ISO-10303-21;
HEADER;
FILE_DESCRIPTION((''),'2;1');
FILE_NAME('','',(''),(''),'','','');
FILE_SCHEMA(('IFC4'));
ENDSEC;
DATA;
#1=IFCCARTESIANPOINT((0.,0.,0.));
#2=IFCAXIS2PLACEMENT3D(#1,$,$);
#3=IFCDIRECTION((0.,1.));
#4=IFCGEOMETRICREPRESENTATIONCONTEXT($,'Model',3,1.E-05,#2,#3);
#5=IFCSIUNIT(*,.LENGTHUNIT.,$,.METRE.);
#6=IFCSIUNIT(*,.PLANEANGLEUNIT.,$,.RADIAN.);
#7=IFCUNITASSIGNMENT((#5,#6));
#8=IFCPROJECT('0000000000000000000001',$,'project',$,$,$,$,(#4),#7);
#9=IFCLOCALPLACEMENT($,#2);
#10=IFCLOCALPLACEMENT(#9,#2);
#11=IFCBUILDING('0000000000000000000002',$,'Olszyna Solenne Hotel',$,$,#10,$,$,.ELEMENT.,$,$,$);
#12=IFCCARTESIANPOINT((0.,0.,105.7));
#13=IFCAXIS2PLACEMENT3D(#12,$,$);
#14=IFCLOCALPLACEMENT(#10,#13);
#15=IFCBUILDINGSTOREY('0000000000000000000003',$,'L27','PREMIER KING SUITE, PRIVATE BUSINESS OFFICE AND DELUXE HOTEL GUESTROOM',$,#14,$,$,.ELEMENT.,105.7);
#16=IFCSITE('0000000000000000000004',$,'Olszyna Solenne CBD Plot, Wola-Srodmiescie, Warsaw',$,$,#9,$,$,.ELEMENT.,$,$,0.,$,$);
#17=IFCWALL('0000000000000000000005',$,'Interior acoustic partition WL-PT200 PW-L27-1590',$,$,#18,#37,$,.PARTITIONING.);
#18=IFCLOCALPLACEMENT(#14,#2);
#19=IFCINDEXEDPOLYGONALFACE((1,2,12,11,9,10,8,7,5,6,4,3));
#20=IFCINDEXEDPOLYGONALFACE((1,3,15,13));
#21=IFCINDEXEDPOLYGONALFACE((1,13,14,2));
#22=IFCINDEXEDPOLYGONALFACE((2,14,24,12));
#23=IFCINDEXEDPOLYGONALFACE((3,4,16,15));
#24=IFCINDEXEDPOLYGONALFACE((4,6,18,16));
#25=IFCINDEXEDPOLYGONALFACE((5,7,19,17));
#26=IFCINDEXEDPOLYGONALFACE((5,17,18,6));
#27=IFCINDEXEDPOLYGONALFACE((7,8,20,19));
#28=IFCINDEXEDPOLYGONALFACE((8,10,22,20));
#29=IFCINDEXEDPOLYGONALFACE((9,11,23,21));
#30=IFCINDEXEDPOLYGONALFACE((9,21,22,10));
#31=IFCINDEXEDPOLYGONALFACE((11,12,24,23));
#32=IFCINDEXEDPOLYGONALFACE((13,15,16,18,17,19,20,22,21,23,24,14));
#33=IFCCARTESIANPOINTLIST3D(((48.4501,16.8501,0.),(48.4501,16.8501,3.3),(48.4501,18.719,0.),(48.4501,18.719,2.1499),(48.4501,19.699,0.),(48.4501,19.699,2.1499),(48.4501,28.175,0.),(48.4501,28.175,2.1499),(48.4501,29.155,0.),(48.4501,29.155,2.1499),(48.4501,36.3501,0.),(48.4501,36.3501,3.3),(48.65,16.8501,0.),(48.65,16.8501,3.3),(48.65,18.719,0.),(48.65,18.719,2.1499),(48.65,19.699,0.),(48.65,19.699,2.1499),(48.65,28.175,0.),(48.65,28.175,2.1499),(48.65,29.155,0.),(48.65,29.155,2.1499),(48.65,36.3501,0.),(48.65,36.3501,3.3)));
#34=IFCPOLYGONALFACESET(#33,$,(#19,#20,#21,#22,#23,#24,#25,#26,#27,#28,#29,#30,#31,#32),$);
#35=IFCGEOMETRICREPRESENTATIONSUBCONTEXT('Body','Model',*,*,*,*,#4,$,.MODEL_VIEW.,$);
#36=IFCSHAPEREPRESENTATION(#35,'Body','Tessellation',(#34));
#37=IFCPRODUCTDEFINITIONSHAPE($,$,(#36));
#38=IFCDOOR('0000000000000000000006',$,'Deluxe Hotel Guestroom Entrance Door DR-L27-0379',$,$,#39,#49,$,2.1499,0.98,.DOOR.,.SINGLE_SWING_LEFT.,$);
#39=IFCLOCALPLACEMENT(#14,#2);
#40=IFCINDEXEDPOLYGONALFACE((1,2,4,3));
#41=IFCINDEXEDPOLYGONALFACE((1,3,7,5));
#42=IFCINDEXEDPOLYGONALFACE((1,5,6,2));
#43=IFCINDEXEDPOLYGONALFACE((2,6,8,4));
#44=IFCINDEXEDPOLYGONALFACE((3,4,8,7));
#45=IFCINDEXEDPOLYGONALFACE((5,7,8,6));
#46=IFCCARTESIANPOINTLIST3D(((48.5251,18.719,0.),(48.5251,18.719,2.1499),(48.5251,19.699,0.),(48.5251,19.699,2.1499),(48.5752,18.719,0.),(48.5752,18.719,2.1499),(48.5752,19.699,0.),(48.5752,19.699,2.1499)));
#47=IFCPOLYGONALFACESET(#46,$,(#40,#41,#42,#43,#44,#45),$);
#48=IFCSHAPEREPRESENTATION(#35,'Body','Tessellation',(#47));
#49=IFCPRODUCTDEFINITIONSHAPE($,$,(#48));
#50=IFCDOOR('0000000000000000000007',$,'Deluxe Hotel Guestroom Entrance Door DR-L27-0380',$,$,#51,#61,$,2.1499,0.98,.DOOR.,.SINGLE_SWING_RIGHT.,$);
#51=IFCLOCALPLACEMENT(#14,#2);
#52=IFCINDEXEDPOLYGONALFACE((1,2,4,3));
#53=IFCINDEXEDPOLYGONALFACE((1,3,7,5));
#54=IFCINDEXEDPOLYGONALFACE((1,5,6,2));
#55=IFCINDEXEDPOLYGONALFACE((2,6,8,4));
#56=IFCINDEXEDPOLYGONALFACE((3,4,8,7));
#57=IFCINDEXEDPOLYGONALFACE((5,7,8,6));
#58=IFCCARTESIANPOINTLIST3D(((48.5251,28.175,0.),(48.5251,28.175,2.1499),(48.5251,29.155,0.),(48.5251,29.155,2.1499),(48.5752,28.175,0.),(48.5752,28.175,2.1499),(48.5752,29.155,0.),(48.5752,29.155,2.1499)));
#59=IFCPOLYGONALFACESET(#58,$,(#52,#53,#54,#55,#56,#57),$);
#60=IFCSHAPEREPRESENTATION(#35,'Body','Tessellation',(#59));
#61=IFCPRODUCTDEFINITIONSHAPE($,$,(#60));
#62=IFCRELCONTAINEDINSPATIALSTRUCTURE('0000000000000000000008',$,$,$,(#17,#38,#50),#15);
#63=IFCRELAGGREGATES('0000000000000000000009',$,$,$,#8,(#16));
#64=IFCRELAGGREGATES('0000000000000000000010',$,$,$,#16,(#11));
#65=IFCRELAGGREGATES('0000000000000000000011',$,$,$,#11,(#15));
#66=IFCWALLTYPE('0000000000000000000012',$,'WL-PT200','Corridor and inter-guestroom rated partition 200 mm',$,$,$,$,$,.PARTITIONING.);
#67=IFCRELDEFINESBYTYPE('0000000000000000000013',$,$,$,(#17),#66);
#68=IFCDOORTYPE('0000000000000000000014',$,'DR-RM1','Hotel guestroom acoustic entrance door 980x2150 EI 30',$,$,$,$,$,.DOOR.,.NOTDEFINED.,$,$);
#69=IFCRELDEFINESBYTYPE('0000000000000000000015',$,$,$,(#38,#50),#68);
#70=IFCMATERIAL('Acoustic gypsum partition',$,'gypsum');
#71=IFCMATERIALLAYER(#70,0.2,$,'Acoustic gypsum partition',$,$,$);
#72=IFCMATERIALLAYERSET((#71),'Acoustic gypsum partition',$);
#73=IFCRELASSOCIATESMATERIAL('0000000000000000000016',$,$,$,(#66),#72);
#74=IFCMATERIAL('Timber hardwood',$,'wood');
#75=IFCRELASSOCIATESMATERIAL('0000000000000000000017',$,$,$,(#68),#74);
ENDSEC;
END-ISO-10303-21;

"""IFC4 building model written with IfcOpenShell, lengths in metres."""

from ifc_helpers import new_model, si_unit, direction, frame, frame_2d, origin, place, context, subcontext, project, spatial, rectangle, extrude, source, transform, mapped, material, layer, layer_set, type_object, type_shapes, element, fill, save


model = new_model("IFC4")

# Units and contexts
model_context = context("Model", 3, precision=1e-05, world=origin(), true_north=direction((0.0, 1.0)))
body_context = subcontext(model_context, "Body", "Model", "MODEL_VIEW")
ifc_project = project(units=[si_unit("LENGTHUNIT", "METRE"), si_unit("PLANEANGLEUNIT", "RADIAN")], contexts=[model_context])

# Site, building, storey
site_placement = place(None, origin())
site = spatial("IfcSite", under=ifc_project, at=site_placement, Name="Olszyna Solenne CBD Plot, Wola-Srodmiescie, Warsaw", CompositionType="ELEMENT", RefElevation=0.0)
building_placement = place(site_placement, origin())
building = spatial("IfcBuilding", under=site, at=building_placement, Name="Olszyna Solenne Hotel", CompositionType="ELEMENT")
storey_placement = place(building_placement, frame((0.0, 0.0, 105.7)))
storey = spatial("IfcBuildingStorey", under=building, at=storey_placement, Name="L27", Description="PREMIER KING SUITE, PRIVATE BUSINESS OFFICE AND DELUXE HOTEL GUESTROOM", CompositionType="ELEMENT", Elevation=105.7)

# Shared definitions
ifc_material_1 = material(Name="Acoustic gypsum partition", Category="gypsum")
ifc_material_2 = material(Name="Timber hardwood", Category="wood")

# Shared definitions
ifc_layer_1 = layer(ifc_material_1, 0.2, Name="Acoustic gypsum partition")
ifc_layer_set_1 = layer_set([ifc_layer_1], Name="Acoustic gypsum partition")
wall_type_1 = type_object("IfcWallType", Name="WL-PT200", Description="Corridor and inter-guestroom rated partition 200 mm", PredefinedType="PARTITIONING", material=ifc_layer_set_1)

# Wall, openings, doors
wall_1_placement = place(storey_placement, frame((48.55, 16.8501, 0.0), z_axis=(0.0, 0.0, 1.0), x_axis=(0.0, 1.0, 0.0)))
wall_1 = element("IfcWall", 1, at=wall_1_placement, inside=storey, type_object=wall_type_1, Name="Interior acoustic partition WL-PT200 PW-L27-1590", PredefinedType="PARTITIONING", context=body_context, shape_type="SweptSolid", body=[
    extrude(rectangle(XDim=19.5, YDim=0.2, at=frame_2d((9.75, 0.0))), origin(), (0.0, 0.0, 1.0), 3.3),
])
opening_1_placement = place(wall_1_placement, frame((1.8689, 0.0, 0.0)))
opening_1 = element("IfcOpeningElement", 2, at=opening_1_placement, cuts=wall_1, PredefinedType="OPENING", context=body_context, shape_type="SweptSolid", body=[
    extrude(rectangle(XDim=0.98, YDim=2.1499, at=frame_2d((0.49, 1.075))), frame((0.0, 0.1099, 0.0), z_axis=(0.0, -1.0, 0.0), x_axis=(1.0, 0.0, 0.0)), (0.0, 0.0, 1.0), 0.22),
])
opening_2_placement = place(wall_1_placement, frame((11.325, 0.0, 0.0)))
opening_2 = element("IfcOpeningElement", 3, at=opening_2_placement, cuts=wall_1, PredefinedType="OPENING", context=body_context, shape_type="SweptSolid", body=[
    extrude(rectangle(XDim=0.98, YDim=2.1499, at=frame_2d((0.49, 1.075))), frame((0.0, 0.1099, 0.0), z_axis=(0.0, -1.0, 0.0), x_axis=(1.0, 0.0, 0.0)), (0.0, 0.0, 1.0), 0.22),
])
door_type_1 = type_object("IfcDoorType", Name="DR-RM1", Description="Hotel guestroom acoustic entrance door 980x2150 EI 30", OperationType="NOTDEFINED", PredefinedType="DOOR", material=ifc_material_2)
shared_shape_1 = source(origin(), body_context, "Body", "SweptSolid", [
    extrude(rectangle(XDim=0.98, YDim=2.1499, at=frame_2d((0.49, 1.075))), frame((0.0, 0.0249, 0.0), z_axis=(0.0, -1.0, 0.0), x_axis=(1.0, 0.0, 0.0)), (0.0, 0.0, 1.0), 0.05),
])
type_shapes(door_type_1, [shared_shape_1])
door_1_placement = place(opening_1_placement, origin())
door_1 = element("IfcDoor", 4, at=door_1_placement, inside=storey, type_object=door_type_1, Name="Deluxe Hotel Guestroom Entrance Door DR-L27-0379", OperationType="SINGLE_SWING_LEFT", OverallHeight=2.1499, OverallWidth=0.98, PredefinedType="DOOR", context=body_context, shape_type="MappedRepresentation", body=[
    mapped(shared_shape_1, transform((0.0, 0.0, 0.0), x_axis=(1.0, 0.0, 0.0), y_axis=(0.0, 1.0, 0.0), z_axis=(0.0, 0.0, 1.0), scale=1.0)),
])
fill(opening_1, door_1)
door_2_placement = place(opening_2_placement, origin())
door_2 = element("IfcDoor", 5, at=door_2_placement, inside=storey, type_object=door_type_1, Name="Deluxe Hotel Guestroom Entrance Door DR-L27-0380", OperationType="SINGLE_SWING_RIGHT", OverallHeight=2.1499, OverallWidth=0.98, PredefinedType="DOOR", context=body_context, shape_type="MappedRepresentation", body=[
    mapped(shared_shape_1, transform((0.0, 0.0, 0.0), x_axis=(1.0, 0.0, 0.0), y_axis=(0.0, 1.0, 0.0), z_axis=(0.0, 0.0, 1.0), scale=1.0)),
])
fill(opening_2, door_2)

save(model, "model.ifc")
